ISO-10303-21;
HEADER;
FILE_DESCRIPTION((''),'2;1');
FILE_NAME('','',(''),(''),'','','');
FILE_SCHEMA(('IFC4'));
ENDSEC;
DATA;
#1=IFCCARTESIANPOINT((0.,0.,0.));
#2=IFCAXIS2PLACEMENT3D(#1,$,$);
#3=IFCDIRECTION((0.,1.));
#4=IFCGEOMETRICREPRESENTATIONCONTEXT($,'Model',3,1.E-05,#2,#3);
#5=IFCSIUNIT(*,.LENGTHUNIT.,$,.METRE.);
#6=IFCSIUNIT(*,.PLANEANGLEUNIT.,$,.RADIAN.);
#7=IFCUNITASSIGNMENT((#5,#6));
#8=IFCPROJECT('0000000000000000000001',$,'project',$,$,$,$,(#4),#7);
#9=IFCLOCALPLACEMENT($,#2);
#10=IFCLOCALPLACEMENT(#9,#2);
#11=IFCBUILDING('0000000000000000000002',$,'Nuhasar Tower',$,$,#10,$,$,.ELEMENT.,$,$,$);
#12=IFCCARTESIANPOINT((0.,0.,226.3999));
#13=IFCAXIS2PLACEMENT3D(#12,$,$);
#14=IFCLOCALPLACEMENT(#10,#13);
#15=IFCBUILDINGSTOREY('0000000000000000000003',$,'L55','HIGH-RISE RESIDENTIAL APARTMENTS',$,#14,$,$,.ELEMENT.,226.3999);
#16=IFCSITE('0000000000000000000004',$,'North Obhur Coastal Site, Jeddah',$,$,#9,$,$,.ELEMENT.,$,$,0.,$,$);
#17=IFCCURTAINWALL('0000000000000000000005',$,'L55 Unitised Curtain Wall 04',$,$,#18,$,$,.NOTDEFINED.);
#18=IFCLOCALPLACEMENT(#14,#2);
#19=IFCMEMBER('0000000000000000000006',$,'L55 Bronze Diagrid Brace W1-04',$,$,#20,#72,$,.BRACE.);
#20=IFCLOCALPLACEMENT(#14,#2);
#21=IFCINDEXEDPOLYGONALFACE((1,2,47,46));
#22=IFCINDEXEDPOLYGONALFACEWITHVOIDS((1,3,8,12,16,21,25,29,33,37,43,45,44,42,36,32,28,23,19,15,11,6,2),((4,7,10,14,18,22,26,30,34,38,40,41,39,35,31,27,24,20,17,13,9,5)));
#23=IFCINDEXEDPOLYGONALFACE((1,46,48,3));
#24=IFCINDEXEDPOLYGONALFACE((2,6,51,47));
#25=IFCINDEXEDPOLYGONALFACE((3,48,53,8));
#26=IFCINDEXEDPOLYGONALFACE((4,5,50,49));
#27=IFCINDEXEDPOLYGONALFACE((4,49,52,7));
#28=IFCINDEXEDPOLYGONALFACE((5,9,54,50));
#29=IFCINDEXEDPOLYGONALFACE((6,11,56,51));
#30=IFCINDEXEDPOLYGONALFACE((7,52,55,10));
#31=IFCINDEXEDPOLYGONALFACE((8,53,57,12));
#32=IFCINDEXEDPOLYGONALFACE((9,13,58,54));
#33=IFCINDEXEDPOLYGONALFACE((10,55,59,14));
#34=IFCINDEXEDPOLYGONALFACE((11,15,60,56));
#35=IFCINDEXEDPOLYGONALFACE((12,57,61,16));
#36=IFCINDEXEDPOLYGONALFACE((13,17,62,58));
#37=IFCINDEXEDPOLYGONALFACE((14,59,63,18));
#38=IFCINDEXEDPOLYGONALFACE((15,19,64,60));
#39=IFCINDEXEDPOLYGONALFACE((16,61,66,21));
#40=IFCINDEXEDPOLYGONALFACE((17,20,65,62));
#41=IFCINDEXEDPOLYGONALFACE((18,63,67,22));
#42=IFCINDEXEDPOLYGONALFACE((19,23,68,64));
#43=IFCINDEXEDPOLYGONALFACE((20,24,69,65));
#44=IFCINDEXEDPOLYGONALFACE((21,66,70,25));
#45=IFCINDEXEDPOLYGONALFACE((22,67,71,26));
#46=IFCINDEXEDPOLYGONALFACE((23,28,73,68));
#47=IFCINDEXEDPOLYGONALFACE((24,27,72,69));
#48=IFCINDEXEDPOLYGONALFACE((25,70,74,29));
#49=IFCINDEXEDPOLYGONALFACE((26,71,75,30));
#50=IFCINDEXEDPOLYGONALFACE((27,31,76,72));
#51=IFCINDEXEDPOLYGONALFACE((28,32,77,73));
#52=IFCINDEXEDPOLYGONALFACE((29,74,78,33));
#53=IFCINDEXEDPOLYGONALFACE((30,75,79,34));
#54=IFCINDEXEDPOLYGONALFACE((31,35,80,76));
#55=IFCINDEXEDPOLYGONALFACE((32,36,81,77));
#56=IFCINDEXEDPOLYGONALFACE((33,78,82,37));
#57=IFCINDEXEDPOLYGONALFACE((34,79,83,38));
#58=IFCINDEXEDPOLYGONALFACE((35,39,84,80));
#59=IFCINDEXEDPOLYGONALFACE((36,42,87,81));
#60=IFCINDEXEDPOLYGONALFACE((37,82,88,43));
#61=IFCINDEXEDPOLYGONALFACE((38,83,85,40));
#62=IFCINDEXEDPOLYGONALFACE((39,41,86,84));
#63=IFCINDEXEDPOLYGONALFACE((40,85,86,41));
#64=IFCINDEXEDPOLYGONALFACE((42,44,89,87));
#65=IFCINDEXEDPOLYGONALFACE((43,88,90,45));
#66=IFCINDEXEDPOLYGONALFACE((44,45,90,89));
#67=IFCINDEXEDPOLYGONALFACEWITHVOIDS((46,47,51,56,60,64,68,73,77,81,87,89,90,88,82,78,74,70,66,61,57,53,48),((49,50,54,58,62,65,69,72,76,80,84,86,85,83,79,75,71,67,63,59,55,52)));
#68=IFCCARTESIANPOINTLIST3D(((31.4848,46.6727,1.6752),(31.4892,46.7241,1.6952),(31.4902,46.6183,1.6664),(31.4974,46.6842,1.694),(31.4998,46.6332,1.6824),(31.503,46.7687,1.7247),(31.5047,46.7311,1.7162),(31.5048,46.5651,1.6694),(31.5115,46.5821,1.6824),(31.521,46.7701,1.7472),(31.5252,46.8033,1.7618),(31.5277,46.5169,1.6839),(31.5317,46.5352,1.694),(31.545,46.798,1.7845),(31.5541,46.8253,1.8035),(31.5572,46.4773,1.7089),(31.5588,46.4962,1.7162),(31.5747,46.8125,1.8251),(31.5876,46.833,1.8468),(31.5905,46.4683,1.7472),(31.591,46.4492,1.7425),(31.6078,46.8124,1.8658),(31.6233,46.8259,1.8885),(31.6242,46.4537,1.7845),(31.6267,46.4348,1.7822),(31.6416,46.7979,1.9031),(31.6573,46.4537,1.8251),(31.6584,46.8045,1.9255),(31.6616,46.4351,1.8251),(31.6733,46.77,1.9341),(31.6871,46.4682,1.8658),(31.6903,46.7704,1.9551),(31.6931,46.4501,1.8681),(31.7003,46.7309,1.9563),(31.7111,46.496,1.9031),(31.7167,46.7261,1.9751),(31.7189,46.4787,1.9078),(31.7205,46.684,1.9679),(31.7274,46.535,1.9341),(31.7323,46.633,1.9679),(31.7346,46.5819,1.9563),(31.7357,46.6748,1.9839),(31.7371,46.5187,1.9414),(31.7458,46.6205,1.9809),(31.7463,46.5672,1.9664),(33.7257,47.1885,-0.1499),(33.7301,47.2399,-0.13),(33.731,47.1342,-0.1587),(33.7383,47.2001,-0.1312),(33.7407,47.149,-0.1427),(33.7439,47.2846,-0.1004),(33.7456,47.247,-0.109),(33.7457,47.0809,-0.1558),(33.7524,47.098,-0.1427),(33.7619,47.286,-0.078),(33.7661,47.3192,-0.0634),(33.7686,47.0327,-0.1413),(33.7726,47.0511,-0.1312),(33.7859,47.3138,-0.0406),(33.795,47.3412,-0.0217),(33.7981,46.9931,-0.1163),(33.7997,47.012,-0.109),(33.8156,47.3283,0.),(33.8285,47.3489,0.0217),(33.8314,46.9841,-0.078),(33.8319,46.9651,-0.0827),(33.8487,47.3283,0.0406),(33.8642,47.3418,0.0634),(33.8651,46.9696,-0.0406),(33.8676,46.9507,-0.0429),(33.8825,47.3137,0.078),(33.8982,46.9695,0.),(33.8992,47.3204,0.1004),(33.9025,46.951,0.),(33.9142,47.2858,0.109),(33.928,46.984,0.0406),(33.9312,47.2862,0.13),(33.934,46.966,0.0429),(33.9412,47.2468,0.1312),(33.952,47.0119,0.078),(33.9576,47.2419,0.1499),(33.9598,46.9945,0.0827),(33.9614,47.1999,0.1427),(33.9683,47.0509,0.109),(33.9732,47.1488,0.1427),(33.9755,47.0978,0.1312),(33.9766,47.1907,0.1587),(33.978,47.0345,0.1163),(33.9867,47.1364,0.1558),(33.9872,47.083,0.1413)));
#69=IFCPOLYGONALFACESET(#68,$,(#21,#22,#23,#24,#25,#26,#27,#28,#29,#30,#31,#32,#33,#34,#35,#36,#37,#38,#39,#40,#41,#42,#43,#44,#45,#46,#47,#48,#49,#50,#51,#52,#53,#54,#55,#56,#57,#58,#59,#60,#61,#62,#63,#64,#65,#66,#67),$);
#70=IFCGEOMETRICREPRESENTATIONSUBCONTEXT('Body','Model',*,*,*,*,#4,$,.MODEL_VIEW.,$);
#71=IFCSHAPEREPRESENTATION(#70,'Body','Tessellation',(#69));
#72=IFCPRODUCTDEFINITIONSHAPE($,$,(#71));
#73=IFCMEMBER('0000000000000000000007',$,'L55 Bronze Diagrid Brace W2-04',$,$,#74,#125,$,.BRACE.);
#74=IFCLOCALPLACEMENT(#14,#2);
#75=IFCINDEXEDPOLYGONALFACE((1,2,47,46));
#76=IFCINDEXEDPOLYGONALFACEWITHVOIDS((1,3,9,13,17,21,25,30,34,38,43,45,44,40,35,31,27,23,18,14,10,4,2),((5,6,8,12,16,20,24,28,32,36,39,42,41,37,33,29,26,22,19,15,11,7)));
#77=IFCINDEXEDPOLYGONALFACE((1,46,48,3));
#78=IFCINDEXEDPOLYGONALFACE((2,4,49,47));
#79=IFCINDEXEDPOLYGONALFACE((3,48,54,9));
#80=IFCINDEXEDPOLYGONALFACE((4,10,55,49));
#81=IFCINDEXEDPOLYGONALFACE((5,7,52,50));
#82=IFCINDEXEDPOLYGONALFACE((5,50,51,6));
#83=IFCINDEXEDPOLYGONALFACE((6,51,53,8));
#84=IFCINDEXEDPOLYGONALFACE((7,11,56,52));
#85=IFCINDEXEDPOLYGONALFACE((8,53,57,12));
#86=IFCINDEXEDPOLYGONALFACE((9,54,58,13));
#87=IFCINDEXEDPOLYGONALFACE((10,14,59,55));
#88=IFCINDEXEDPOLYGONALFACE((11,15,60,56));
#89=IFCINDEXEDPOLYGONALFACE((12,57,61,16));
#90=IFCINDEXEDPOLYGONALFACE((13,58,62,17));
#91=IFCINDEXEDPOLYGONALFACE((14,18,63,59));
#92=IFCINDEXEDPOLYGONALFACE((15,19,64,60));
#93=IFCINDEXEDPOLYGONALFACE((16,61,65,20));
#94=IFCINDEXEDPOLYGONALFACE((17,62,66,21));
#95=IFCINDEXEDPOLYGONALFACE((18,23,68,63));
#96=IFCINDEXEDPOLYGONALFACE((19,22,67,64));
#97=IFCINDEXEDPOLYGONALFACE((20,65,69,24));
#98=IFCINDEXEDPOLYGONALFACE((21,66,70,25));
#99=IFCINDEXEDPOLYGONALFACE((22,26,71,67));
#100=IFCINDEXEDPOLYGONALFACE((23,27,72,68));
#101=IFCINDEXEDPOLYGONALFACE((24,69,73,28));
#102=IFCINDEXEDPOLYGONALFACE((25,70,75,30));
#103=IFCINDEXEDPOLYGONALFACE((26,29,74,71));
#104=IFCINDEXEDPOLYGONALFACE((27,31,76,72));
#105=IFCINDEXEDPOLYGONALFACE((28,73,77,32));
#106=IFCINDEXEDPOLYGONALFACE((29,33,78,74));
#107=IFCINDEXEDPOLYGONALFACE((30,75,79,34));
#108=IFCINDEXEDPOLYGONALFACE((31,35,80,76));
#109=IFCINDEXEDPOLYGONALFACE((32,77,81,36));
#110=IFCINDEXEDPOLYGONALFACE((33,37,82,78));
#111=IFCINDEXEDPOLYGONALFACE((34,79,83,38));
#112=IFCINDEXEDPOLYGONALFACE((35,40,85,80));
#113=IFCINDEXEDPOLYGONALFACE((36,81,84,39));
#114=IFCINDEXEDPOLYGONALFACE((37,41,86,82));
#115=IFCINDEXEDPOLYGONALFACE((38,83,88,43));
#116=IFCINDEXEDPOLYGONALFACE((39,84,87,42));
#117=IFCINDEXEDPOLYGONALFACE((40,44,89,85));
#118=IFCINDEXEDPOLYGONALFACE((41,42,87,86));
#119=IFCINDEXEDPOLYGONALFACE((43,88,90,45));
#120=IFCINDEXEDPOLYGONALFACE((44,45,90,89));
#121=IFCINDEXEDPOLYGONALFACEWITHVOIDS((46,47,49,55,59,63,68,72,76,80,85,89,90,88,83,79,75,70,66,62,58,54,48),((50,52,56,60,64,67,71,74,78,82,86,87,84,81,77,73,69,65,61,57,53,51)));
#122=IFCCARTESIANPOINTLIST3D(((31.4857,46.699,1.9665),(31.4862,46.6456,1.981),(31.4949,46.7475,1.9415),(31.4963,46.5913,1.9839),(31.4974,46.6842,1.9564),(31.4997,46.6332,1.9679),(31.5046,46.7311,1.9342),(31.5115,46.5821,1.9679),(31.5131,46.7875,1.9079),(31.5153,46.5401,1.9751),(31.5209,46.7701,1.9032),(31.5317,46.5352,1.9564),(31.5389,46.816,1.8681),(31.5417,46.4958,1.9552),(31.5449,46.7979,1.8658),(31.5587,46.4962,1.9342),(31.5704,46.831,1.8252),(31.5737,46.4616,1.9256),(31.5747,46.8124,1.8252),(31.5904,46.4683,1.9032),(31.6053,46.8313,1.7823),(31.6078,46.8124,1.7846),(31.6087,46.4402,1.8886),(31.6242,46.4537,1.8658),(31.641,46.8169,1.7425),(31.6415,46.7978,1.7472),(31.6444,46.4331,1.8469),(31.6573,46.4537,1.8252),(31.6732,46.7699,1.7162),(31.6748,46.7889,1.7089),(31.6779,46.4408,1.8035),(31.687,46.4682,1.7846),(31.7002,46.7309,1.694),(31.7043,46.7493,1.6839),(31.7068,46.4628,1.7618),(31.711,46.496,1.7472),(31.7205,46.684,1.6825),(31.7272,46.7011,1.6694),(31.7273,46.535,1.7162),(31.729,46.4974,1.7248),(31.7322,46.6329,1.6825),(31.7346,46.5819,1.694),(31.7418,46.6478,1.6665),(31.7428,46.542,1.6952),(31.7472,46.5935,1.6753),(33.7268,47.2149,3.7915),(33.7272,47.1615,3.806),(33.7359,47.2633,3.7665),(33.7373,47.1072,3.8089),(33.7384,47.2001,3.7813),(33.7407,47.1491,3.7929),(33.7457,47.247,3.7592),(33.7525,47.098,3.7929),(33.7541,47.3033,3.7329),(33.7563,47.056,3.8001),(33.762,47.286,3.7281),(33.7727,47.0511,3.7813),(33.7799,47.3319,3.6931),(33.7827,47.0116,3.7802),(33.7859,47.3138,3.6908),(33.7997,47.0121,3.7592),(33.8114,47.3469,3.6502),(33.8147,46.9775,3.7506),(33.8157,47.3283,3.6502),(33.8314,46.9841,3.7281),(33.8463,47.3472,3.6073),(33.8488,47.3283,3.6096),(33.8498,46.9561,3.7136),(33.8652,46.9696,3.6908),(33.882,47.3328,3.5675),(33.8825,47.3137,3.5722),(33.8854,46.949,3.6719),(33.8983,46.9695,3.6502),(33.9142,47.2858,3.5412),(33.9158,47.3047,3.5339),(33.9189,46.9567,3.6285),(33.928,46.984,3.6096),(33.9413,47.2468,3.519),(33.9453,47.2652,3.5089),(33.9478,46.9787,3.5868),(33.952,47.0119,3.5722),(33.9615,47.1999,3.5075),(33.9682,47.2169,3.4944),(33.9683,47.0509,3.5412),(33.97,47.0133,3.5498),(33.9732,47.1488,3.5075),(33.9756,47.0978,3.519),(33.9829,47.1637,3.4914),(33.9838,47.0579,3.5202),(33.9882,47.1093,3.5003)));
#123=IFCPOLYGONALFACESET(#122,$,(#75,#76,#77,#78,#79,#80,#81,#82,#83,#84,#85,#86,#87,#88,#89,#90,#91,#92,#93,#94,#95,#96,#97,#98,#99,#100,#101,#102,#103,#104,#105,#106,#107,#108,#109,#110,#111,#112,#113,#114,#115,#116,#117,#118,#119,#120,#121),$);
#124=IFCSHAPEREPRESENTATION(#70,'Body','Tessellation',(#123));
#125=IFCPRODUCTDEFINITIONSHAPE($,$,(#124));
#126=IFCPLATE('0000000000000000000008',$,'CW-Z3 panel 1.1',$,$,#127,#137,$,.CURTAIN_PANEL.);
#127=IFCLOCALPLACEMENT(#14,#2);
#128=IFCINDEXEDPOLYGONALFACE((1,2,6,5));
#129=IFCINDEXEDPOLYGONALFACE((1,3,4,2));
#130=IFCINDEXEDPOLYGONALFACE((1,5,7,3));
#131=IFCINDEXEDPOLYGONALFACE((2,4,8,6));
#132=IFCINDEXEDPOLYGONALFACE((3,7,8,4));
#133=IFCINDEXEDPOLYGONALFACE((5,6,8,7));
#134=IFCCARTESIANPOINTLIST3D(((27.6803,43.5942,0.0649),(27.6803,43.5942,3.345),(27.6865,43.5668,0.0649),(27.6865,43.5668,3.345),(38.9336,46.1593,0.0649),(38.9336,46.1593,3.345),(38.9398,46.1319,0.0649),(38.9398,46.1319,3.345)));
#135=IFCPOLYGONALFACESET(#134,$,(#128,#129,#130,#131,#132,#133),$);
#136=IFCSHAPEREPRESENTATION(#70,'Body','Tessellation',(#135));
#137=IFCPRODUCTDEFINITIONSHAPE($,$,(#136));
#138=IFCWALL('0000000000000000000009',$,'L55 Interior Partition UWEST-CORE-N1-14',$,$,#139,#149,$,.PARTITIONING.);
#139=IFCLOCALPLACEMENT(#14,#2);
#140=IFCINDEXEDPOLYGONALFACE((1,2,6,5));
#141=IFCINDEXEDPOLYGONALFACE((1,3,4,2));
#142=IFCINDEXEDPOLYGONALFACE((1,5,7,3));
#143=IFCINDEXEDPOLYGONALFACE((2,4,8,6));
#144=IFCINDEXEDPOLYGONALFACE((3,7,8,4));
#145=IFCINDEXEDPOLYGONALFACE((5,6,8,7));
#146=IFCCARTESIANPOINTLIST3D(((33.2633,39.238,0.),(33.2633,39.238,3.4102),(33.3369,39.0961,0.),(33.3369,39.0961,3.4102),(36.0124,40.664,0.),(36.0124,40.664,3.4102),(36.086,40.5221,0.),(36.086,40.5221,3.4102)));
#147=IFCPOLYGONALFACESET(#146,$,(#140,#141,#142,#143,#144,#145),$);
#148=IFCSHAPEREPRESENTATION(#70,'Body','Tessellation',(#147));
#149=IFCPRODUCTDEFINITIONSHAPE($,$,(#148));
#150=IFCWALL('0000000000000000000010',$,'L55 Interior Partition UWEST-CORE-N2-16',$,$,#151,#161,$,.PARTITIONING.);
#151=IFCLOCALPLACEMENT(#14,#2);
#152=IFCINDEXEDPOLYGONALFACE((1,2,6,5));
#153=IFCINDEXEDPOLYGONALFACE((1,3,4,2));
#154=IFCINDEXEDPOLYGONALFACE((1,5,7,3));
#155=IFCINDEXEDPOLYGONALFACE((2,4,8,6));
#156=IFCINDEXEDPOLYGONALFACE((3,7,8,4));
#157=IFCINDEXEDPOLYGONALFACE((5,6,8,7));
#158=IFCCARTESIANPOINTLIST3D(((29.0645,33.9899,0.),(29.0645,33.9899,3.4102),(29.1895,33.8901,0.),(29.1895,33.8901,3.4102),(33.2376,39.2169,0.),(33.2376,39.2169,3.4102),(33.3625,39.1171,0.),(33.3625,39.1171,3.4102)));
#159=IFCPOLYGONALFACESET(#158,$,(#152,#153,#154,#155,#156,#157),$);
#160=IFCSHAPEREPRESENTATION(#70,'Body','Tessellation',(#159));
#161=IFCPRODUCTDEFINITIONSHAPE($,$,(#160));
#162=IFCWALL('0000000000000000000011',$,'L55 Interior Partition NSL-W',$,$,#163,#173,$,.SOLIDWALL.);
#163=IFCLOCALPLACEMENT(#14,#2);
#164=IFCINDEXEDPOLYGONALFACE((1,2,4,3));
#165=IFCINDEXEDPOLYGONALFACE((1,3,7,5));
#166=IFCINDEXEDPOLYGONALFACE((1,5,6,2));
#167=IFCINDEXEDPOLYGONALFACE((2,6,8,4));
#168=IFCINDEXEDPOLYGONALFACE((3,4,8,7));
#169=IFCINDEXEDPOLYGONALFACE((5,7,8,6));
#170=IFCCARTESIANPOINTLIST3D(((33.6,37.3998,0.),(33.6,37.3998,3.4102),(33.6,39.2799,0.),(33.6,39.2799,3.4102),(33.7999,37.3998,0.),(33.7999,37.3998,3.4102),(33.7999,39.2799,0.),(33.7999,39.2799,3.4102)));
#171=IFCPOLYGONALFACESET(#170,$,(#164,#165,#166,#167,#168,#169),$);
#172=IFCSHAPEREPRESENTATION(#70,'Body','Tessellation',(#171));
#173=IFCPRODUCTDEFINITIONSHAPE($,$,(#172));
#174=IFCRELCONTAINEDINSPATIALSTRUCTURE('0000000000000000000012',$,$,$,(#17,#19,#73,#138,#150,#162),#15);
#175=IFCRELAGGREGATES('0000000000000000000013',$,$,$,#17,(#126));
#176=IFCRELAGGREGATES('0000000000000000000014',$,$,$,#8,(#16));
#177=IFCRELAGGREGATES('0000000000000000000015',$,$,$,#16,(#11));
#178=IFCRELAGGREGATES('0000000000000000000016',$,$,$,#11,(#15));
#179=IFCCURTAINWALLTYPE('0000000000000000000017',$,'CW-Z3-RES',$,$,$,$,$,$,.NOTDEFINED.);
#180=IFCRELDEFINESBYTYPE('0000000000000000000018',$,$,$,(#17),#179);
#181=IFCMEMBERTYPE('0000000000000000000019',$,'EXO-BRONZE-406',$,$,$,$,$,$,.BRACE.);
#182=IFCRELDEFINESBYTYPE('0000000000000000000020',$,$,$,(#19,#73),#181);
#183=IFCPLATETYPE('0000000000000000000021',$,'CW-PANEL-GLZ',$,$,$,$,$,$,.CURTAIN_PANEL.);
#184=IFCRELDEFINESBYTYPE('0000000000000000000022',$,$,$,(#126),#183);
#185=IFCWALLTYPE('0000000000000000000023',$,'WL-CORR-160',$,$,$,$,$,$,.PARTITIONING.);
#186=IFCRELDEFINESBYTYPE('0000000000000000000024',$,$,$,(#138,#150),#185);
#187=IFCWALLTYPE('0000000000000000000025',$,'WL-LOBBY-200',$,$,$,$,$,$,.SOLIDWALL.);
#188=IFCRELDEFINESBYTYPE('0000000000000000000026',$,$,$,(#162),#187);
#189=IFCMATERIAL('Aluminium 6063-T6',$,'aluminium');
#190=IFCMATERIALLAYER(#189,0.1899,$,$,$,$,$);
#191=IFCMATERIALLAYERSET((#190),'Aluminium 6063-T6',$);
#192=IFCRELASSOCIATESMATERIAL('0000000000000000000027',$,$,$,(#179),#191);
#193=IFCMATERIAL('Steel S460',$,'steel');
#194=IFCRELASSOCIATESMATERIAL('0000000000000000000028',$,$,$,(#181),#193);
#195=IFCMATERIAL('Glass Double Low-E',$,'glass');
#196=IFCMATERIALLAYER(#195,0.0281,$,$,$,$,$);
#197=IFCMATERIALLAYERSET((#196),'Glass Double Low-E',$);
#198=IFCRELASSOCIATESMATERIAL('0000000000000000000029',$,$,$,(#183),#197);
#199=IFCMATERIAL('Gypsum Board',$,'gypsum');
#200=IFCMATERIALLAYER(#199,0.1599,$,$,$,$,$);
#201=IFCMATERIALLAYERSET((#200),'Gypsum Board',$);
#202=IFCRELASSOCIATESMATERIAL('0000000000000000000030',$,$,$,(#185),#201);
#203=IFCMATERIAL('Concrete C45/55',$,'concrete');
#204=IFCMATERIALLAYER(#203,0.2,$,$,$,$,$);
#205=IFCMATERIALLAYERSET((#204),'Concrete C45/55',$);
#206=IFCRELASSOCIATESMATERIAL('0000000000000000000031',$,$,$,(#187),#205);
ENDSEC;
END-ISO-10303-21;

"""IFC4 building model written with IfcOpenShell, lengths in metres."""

from ifc_helpers import new_model, si_unit, direction, frame, frame_2d, origin, origin_2d, place, context, subcontext, project, spatial, rectangle, hollow_circle, extrude, material, layer, layer_set, material_profile, profile_set, type_object, element, aggregate, save


model = new_model("IFC4")

# Units and contexts
model_context = context("Model", 3, precision=1e-05, world=origin(), true_north=direction((0.0, 1.0)))
body_context = subcontext(model_context, "Body", "Model", "MODEL_VIEW")
ifc_project = project(units=[si_unit("LENGTHUNIT", "METRE"), si_unit("PLANEANGLEUNIT", "RADIAN")], contexts=[model_context])

# Site, building, storey
site_placement = place(None, origin())
site = spatial("IfcSite", under=ifc_project, at=site_placement, Name="North Obhur Coastal Site, Jeddah", CompositionType="ELEMENT", RefElevation=0.0)
building_placement = place(site_placement, origin())
building = spatial("IfcBuilding", under=site, at=building_placement, Name="Nuhasar Tower", CompositionType="ELEMENT")
storey_placement = place(building_placement, frame((0.0, 0.0, 226.3999)))
storey = spatial("IfcBuildingStorey", under=building, at=storey_placement, Name="L55", Description="HIGH-RISE RESIDENTIAL APARTMENTS", CompositionType="ELEMENT", Elevation=226.3999)

# Curtain wall
ifc_material_1 = material(Name="Aluminium 6063-T6", Category="aluminium")
ifc_layer_1 = layer(ifc_material_1, 0.1899)
ifc_layer_set_1 = layer_set([ifc_layer_1], Name="Aluminium 6063-T6")
curtain_wall_type = type_object("IfcCurtainWallType", Name="CW-Z3-RES", PredefinedType="NOTDEFINED", material=ifc_layer_set_1)
curtain_wall_placement = place(storey_placement, origin())
curtain_wall = element("IfcCurtainWall", 1, at=curtain_wall_placement, inside=storey, type_object=curtain_wall_type, Name="L55 Unitised Curtain Wall 04", PredefinedType="NOTDEFINED")

# Members
ifc_material_2 = material(Name="Steel S460", Category="steel")
ifc_material_profile_1 = material_profile(ifc_material_2, hollow_circle(Radius=0.2031, WallThickness=0.019, at=origin_2d()), Name="HSS406.4X19.1")
ifc_profile_set_1 = profile_set([ifc_material_profile_1], Name="Steel S460")
member_type_1 = type_object("IfcMemberType", Name="EXO-BRONZE-406", PredefinedType="BRACE", material=ifc_profile_set_1)
for number, where, z_axis, x_axis, name in (
    (2, (33.8569, 47.1489, 0.0), (-0.763303, -0.175712, 0.621686), (0.224332, -0.974513, 0.0), "L55 Bronze Diagrid Brace W1-04"),
    (3, (31.616, 46.6331, 1.8252), (0.763343, 0.175721, 0.621635), (-0.224332, 0.974513, 0.0), "L55 Bronze Diagrid Brace W2-04"),
):
    element("IfcMember", number, at=place(storey_placement, frame(where, z_axis=z_axis, x_axis=x_axis)), inside=storey, type_object=member_type_1, Name=name, PredefinedType="BRACE", context=body_context, shape_type="SweptSolid", body=[
        extrude(hollow_circle(Radius=0.2031, WallThickness=0.019, at=origin_2d()), origin(), (0.0, 0.0, 1.0), 2.9358),
    ])

# Plate
ifc_material_3 = material(Name="Glass Double Low-E", Category="glass")
ifc_layer_2 = layer(ifc_material_3, 0.0281)
ifc_layer_set_2 = layer_set([ifc_layer_2], Name="Glass Double Low-E")
plate_type = type_object("IfcPlateType", Name="CW-PANEL-GLZ", PredefinedType="CURTAIN_PANEL", material=ifc_layer_set_2)
plate_placement = place(storey_placement, frame((33.3101, 44.863, 0.0649), z_axis=(0.0, 0.0, 1.0), x_axis=(-0.974991, -0.222243, 0.0)))
plate = element("IfcPlate", 4, at=plate_placement, type_object=plate_type, Name="CW-Z3 panel 1.1", PredefinedType="CURTAIN_PANEL", context=body_context, shape_type="SweptSolid", body=[
    extrude(rectangle(XDim=11.542, YDim=0.0281, at=origin_2d()), origin(), (0.0, 0.0, 1.0), 3.28),
])
aggregate(curtain_wall, [plate])

# Walls
ifc_material_4 = material(Name="Gypsum Board", Category="gypsum")
ifc_layer_3 = layer(ifc_material_4, 0.1599)
ifc_layer_set_3 = layer_set([ifc_layer_3], Name="Gypsum Board")
wall_type_1 = type_object("IfcWallType", Name="WL-CORR-160", PredefinedType="PARTITIONING", material=ifc_layer_set_3)
wall_1_placement = place(storey_placement, frame((36.0491, 40.593, 0.0), z_axis=(0.0, 0.0, 1.0), x_axis=(-0.887675, -0.460471, 0.0)))
element("IfcWall", 5, at=wall_1_placement, inside=storey, type_object=wall_type_1, Name="L55 Interior Partition UWEST-CORE-N1-14", PredefinedType="PARTITIONING", context=body_context, shape_type="SweptSolid", body=[
    extrude(rectangle(XDim=3.0969, YDim=0.1599, at=frame_2d((1.5483, 0.0))), origin(), (0.0, 0.0, 1.0), 3.4102),
])
wall_2_placement = place(storey_placement, frame((33.3, 39.167, 0.0), z_axis=(0.0, 0.0, 1.0), x_axis=(-0.623916, -0.781492, 0.0)))
element("IfcWall", 6, at=wall_2_placement, inside=storey, type_object=wall_type_1, Name="L55 Interior Partition UWEST-CORE-N2-16", PredefinedType="PARTITIONING", context=body_context, shape_type="SweptSolid", body=[
    extrude(rectangle(XDim=6.6885, YDim=0.1599, at=frame_2d((3.3442, 0.0))), origin(), (0.0, 0.0, 1.0), 3.4102),
])
ifc_material_5 = material(Name="Concrete C45/55", Category="concrete")
ifc_layer_4 = layer(ifc_material_5, 0.2)
ifc_layer_set_4 = layer_set([ifc_layer_4], Name="Concrete C45/55")
wall_type_2 = type_object("IfcWallType", Name="WL-LOBBY-200", PredefinedType="SOLIDWALL", material=ifc_layer_set_4)
wall_3_placement = place(storey_placement, frame((33.7, 37.3999, 0.0), z_axis=(0.0, 0.0, 1.0), x_axis=(0.0, 1.0, 0.0)))
element("IfcWall", 7, at=wall_3_placement, inside=storey, type_object=wall_type_2, Name="L55 Interior Partition NSL-W", PredefinedType="SOLIDWALL", context=body_context, shape_type="SweptSolid", body=[
    extrude(rectangle(XDim=1.8801, YDim=0.2, at=frame_2d((0.9399, 0.0))), origin(), (0.0, 0.0, 1.0), 3.4102),
])

save(model, "model.ifc")
